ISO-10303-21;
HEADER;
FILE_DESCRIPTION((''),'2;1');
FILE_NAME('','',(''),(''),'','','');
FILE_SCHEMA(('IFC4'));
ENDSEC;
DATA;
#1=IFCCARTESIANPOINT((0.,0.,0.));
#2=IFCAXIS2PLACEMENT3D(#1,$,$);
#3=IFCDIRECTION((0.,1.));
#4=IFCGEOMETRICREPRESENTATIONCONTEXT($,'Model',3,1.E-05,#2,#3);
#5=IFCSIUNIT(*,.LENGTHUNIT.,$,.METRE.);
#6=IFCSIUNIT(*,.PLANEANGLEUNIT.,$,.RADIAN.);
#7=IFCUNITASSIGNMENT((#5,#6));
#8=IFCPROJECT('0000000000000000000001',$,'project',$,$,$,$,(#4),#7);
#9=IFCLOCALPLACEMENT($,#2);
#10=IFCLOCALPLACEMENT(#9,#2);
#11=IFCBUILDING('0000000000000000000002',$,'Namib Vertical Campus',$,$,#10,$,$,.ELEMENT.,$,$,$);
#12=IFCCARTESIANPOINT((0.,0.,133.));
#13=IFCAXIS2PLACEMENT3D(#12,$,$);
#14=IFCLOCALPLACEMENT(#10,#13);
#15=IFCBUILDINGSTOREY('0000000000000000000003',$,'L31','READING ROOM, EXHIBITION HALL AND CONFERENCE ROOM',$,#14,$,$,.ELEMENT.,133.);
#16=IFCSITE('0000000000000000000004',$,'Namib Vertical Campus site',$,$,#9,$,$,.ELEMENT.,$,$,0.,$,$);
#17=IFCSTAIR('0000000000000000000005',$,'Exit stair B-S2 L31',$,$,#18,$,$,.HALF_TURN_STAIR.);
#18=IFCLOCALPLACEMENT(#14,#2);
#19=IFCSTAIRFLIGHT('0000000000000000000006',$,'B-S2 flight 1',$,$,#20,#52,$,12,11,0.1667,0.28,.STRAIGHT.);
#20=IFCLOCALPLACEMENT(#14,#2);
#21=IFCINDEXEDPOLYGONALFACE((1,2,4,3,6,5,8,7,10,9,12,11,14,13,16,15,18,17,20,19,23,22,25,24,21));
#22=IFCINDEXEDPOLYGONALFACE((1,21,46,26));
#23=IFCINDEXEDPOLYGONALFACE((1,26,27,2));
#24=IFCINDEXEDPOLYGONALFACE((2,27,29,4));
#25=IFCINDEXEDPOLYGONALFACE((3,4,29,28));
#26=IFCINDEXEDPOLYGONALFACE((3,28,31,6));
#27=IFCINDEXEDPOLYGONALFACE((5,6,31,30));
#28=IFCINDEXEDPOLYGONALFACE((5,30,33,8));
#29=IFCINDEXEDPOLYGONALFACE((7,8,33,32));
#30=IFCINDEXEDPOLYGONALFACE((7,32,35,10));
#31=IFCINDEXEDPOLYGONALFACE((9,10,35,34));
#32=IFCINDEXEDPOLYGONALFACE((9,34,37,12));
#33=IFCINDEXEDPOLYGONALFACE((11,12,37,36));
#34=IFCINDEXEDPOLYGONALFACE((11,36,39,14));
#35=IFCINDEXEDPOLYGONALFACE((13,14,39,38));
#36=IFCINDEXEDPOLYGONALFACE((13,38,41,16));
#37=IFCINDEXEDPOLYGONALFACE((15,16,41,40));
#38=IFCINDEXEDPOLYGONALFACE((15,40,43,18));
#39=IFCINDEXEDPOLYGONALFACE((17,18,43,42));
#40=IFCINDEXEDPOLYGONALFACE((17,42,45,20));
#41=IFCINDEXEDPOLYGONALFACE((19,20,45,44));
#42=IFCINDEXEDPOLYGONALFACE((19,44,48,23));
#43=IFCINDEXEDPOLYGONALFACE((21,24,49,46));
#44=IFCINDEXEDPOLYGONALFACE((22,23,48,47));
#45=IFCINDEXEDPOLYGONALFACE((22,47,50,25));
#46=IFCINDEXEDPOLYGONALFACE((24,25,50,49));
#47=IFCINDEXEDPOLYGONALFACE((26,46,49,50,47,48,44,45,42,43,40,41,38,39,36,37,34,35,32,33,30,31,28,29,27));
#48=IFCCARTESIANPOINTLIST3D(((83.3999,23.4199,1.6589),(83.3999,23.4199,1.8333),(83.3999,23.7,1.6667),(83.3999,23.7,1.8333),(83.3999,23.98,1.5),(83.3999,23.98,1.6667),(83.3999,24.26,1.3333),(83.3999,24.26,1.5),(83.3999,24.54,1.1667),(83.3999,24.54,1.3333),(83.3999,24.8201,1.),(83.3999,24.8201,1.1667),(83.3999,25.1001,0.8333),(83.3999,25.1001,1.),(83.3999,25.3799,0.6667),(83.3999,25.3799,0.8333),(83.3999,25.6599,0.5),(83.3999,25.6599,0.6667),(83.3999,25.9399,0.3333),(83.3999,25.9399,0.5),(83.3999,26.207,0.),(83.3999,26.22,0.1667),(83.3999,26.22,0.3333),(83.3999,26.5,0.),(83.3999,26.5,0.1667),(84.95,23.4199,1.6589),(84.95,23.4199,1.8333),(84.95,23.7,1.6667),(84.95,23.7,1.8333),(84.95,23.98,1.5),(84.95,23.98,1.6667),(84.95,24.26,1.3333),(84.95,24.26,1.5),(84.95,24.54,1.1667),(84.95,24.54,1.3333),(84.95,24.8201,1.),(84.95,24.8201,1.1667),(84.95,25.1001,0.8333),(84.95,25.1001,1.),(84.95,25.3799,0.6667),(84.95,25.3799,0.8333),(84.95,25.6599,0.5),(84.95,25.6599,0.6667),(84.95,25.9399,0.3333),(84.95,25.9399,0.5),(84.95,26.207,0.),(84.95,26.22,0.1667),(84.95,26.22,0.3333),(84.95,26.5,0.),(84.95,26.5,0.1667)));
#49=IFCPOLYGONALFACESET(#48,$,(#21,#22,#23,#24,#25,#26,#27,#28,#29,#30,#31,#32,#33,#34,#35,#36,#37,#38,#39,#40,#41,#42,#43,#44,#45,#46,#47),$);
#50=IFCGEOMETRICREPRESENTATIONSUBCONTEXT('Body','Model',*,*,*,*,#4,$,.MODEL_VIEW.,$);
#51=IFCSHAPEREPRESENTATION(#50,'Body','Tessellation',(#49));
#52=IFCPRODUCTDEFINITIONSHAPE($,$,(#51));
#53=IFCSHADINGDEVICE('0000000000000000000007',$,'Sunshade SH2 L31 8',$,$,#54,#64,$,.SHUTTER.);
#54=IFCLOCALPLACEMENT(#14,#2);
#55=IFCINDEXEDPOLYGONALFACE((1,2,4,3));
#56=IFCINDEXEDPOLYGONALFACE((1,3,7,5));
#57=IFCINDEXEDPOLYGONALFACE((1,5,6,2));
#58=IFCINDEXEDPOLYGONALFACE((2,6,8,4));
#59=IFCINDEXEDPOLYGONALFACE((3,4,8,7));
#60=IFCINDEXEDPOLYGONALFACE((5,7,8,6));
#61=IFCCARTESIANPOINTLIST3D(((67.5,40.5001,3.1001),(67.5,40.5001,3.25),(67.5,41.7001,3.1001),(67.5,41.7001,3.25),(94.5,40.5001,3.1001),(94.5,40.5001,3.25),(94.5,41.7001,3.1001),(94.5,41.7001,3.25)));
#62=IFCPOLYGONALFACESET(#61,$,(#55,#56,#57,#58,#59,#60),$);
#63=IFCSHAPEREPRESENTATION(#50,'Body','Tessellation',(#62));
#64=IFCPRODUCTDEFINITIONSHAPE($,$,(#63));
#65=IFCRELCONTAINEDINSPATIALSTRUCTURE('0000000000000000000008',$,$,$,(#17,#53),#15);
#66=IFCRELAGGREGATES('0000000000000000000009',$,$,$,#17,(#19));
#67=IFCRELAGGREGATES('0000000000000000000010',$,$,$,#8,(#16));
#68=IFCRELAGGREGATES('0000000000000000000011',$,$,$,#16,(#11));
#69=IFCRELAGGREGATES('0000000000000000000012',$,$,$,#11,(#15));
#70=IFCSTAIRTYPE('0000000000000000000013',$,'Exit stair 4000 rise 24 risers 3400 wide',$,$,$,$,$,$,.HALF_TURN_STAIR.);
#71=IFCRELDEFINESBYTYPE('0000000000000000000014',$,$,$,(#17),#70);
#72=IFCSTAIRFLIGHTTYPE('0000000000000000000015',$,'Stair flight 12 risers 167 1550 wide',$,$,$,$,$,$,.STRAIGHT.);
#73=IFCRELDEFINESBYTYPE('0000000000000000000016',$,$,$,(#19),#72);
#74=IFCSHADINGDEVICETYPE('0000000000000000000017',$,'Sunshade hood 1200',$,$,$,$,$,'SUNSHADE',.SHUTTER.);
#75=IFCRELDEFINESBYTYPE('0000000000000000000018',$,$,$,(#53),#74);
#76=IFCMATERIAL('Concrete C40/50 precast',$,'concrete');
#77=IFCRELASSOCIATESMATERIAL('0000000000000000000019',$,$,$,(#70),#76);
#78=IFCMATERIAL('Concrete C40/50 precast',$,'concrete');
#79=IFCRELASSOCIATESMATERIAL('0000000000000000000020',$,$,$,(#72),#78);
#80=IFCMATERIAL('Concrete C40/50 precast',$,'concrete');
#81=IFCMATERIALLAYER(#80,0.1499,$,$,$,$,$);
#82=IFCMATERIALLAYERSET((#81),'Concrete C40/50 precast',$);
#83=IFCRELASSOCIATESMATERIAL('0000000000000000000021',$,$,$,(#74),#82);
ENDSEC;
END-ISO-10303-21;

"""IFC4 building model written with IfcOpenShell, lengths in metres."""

from ifc_helpers import new_model, si_unit, direction, frame, origin, origin_2d, place, context, subcontext, project, spatial, polyline, rectangle, outline, extrude, material, layer, layer_set, type_object, element, aggregate, save


model = new_model("IFC4")

# Units and contexts
model_context = context("Model", 3, precision=1e-05, world=origin(), true_north=direction((0.0, 1.0)))
body_context = subcontext(model_context, "Body", "Model", "MODEL_VIEW")
ifc_project = project(units=[si_unit("LENGTHUNIT", "METRE"), si_unit("PLANEANGLEUNIT", "RADIAN")], contexts=[model_context])

# Site, building, storey
site_placement = place(None, origin())
site = spatial("IfcSite", under=ifc_project, at=site_placement, Name="Namib Vertical Campus site", CompositionType="ELEMENT", RefElevation=0.0)
building_placement = place(site_placement, origin())
building = spatial("IfcBuilding", under=site, at=building_placement, Name="Namib Vertical Campus", CompositionType="ELEMENT")
storey_placement = place(building_placement, frame((0.0, 0.0, 133.0)))
storey = spatial("IfcBuildingStorey", under=building, at=storey_placement, Name="L31", Description="READING ROOM, EXHIBITION HALL AND CONFERENCE ROOM", CompositionType="ELEMENT", Elevation=133.0)

# Stair, stair flight
ifc_material_1 = material(Name="Concrete C40/50 precast", Category="concrete")
stair_type = type_object("IfcStairType", Name="Exit stair 4000 rise 24 risers 3400 wide", PredefinedType="HALF_TURN_STAIR", material=ifc_material_1)
stair_placement = place(storey_placement, origin())
stair = element("IfcStair", 1, at=stair_placement, inside=storey, type_object=stair_type, Name="Exit stair B-S2 L31", PredefinedType="HALF_TURN_STAIR")
ifc_material_2 = material(Name="Concrete C40/50 precast", Category="concrete")
stair_flight_type = type_object("IfcStairFlightType", Name="Stair flight 12 risers 167 1550 wide", PredefinedType="STRAIGHT", material=ifc_material_2)
stair_flight_placement = place(storey_placement, frame((84.175, 26.5, 0.0), z_axis=(0.0, 0.0, 1.0), x_axis=(0.0, -1.0, 0.0)))
stair_flight = element("IfcStairFlight", 2, at=stair_flight_placement, type_object=stair_flight_type, Name="B-S2 flight 1", NumberOfRisers=12, NumberOfTreads=11, PredefinedType="STRAIGHT", RiserHeight=0.1667, TreadLength=0.28, context=body_context, shape_type="SweptSolid", body=[
    extrude(outline(polyline([(0.0, 0.0), (0.0, 0.1667), (0.28, 0.1667), (0.28, 0.3333), (0.5601, 0.3333), (0.5601, 0.5), (0.8401, 0.5), (0.8401, 0.6667), (1.1201, 0.6667), (1.1201, 0.8333), (1.3999, 0.8333), (1.3999, 1.0), (1.6799, 1.0), (1.6799, 1.1667), (1.96, 1.1667), (1.96, 1.3333), (2.24, 1.3333), (2.24, 1.5), (2.52, 1.5), (2.52, 1.6667), (2.8, 1.6667), (2.8, 1.8333), (3.0801, 1.8333), (3.0801, 2.0), (3.0801, 1.6589), (0.293, 0.0), (0.0, 0.0)])), frame((0.0, 0.7749, 0.0), z_axis=(0.0, -1.0, 0.0), x_axis=(1.0, 0.0, 0.0)), (0.0, 0.0, 1.0), 1.55),
])
aggregate(stair, [stair_flight])

# Shading device
ifc_material_3 = material(Name="Concrete C40/50 precast", Category="concrete")
ifc_layer_1 = layer(ifc_material_3, 0.1499)
ifc_layer_set_1 = layer_set([ifc_layer_1], Name="Concrete C40/50 precast")
shading_device_type = type_object("IfcShadingDeviceType", Name="Sunshade hood 1200", ElementType="SUNSHADE", PredefinedType="SHUTTER", material=ifc_layer_set_1)
shading_device_placement = place(storey_placement, frame((81.0, 41.1001, 3.1001), z_axis=(0.0, 0.0, 1.0), x_axis=(-1.0, 0.0, 0.0)))
element("IfcShadingDevice", 3, at=shading_device_placement, inside=storey, type_object=shading_device_type, Name="Sunshade SH2 L31 8", PredefinedType="SHUTTER", context=body_context, shape_type="SweptSolid", body=[
    extrude(rectangle(XDim=27.0, YDim=1.2, at=origin_2d()), origin(), (0.0, 0.0, 1.0), 0.1499),
])

save(model, "model.ifc")
